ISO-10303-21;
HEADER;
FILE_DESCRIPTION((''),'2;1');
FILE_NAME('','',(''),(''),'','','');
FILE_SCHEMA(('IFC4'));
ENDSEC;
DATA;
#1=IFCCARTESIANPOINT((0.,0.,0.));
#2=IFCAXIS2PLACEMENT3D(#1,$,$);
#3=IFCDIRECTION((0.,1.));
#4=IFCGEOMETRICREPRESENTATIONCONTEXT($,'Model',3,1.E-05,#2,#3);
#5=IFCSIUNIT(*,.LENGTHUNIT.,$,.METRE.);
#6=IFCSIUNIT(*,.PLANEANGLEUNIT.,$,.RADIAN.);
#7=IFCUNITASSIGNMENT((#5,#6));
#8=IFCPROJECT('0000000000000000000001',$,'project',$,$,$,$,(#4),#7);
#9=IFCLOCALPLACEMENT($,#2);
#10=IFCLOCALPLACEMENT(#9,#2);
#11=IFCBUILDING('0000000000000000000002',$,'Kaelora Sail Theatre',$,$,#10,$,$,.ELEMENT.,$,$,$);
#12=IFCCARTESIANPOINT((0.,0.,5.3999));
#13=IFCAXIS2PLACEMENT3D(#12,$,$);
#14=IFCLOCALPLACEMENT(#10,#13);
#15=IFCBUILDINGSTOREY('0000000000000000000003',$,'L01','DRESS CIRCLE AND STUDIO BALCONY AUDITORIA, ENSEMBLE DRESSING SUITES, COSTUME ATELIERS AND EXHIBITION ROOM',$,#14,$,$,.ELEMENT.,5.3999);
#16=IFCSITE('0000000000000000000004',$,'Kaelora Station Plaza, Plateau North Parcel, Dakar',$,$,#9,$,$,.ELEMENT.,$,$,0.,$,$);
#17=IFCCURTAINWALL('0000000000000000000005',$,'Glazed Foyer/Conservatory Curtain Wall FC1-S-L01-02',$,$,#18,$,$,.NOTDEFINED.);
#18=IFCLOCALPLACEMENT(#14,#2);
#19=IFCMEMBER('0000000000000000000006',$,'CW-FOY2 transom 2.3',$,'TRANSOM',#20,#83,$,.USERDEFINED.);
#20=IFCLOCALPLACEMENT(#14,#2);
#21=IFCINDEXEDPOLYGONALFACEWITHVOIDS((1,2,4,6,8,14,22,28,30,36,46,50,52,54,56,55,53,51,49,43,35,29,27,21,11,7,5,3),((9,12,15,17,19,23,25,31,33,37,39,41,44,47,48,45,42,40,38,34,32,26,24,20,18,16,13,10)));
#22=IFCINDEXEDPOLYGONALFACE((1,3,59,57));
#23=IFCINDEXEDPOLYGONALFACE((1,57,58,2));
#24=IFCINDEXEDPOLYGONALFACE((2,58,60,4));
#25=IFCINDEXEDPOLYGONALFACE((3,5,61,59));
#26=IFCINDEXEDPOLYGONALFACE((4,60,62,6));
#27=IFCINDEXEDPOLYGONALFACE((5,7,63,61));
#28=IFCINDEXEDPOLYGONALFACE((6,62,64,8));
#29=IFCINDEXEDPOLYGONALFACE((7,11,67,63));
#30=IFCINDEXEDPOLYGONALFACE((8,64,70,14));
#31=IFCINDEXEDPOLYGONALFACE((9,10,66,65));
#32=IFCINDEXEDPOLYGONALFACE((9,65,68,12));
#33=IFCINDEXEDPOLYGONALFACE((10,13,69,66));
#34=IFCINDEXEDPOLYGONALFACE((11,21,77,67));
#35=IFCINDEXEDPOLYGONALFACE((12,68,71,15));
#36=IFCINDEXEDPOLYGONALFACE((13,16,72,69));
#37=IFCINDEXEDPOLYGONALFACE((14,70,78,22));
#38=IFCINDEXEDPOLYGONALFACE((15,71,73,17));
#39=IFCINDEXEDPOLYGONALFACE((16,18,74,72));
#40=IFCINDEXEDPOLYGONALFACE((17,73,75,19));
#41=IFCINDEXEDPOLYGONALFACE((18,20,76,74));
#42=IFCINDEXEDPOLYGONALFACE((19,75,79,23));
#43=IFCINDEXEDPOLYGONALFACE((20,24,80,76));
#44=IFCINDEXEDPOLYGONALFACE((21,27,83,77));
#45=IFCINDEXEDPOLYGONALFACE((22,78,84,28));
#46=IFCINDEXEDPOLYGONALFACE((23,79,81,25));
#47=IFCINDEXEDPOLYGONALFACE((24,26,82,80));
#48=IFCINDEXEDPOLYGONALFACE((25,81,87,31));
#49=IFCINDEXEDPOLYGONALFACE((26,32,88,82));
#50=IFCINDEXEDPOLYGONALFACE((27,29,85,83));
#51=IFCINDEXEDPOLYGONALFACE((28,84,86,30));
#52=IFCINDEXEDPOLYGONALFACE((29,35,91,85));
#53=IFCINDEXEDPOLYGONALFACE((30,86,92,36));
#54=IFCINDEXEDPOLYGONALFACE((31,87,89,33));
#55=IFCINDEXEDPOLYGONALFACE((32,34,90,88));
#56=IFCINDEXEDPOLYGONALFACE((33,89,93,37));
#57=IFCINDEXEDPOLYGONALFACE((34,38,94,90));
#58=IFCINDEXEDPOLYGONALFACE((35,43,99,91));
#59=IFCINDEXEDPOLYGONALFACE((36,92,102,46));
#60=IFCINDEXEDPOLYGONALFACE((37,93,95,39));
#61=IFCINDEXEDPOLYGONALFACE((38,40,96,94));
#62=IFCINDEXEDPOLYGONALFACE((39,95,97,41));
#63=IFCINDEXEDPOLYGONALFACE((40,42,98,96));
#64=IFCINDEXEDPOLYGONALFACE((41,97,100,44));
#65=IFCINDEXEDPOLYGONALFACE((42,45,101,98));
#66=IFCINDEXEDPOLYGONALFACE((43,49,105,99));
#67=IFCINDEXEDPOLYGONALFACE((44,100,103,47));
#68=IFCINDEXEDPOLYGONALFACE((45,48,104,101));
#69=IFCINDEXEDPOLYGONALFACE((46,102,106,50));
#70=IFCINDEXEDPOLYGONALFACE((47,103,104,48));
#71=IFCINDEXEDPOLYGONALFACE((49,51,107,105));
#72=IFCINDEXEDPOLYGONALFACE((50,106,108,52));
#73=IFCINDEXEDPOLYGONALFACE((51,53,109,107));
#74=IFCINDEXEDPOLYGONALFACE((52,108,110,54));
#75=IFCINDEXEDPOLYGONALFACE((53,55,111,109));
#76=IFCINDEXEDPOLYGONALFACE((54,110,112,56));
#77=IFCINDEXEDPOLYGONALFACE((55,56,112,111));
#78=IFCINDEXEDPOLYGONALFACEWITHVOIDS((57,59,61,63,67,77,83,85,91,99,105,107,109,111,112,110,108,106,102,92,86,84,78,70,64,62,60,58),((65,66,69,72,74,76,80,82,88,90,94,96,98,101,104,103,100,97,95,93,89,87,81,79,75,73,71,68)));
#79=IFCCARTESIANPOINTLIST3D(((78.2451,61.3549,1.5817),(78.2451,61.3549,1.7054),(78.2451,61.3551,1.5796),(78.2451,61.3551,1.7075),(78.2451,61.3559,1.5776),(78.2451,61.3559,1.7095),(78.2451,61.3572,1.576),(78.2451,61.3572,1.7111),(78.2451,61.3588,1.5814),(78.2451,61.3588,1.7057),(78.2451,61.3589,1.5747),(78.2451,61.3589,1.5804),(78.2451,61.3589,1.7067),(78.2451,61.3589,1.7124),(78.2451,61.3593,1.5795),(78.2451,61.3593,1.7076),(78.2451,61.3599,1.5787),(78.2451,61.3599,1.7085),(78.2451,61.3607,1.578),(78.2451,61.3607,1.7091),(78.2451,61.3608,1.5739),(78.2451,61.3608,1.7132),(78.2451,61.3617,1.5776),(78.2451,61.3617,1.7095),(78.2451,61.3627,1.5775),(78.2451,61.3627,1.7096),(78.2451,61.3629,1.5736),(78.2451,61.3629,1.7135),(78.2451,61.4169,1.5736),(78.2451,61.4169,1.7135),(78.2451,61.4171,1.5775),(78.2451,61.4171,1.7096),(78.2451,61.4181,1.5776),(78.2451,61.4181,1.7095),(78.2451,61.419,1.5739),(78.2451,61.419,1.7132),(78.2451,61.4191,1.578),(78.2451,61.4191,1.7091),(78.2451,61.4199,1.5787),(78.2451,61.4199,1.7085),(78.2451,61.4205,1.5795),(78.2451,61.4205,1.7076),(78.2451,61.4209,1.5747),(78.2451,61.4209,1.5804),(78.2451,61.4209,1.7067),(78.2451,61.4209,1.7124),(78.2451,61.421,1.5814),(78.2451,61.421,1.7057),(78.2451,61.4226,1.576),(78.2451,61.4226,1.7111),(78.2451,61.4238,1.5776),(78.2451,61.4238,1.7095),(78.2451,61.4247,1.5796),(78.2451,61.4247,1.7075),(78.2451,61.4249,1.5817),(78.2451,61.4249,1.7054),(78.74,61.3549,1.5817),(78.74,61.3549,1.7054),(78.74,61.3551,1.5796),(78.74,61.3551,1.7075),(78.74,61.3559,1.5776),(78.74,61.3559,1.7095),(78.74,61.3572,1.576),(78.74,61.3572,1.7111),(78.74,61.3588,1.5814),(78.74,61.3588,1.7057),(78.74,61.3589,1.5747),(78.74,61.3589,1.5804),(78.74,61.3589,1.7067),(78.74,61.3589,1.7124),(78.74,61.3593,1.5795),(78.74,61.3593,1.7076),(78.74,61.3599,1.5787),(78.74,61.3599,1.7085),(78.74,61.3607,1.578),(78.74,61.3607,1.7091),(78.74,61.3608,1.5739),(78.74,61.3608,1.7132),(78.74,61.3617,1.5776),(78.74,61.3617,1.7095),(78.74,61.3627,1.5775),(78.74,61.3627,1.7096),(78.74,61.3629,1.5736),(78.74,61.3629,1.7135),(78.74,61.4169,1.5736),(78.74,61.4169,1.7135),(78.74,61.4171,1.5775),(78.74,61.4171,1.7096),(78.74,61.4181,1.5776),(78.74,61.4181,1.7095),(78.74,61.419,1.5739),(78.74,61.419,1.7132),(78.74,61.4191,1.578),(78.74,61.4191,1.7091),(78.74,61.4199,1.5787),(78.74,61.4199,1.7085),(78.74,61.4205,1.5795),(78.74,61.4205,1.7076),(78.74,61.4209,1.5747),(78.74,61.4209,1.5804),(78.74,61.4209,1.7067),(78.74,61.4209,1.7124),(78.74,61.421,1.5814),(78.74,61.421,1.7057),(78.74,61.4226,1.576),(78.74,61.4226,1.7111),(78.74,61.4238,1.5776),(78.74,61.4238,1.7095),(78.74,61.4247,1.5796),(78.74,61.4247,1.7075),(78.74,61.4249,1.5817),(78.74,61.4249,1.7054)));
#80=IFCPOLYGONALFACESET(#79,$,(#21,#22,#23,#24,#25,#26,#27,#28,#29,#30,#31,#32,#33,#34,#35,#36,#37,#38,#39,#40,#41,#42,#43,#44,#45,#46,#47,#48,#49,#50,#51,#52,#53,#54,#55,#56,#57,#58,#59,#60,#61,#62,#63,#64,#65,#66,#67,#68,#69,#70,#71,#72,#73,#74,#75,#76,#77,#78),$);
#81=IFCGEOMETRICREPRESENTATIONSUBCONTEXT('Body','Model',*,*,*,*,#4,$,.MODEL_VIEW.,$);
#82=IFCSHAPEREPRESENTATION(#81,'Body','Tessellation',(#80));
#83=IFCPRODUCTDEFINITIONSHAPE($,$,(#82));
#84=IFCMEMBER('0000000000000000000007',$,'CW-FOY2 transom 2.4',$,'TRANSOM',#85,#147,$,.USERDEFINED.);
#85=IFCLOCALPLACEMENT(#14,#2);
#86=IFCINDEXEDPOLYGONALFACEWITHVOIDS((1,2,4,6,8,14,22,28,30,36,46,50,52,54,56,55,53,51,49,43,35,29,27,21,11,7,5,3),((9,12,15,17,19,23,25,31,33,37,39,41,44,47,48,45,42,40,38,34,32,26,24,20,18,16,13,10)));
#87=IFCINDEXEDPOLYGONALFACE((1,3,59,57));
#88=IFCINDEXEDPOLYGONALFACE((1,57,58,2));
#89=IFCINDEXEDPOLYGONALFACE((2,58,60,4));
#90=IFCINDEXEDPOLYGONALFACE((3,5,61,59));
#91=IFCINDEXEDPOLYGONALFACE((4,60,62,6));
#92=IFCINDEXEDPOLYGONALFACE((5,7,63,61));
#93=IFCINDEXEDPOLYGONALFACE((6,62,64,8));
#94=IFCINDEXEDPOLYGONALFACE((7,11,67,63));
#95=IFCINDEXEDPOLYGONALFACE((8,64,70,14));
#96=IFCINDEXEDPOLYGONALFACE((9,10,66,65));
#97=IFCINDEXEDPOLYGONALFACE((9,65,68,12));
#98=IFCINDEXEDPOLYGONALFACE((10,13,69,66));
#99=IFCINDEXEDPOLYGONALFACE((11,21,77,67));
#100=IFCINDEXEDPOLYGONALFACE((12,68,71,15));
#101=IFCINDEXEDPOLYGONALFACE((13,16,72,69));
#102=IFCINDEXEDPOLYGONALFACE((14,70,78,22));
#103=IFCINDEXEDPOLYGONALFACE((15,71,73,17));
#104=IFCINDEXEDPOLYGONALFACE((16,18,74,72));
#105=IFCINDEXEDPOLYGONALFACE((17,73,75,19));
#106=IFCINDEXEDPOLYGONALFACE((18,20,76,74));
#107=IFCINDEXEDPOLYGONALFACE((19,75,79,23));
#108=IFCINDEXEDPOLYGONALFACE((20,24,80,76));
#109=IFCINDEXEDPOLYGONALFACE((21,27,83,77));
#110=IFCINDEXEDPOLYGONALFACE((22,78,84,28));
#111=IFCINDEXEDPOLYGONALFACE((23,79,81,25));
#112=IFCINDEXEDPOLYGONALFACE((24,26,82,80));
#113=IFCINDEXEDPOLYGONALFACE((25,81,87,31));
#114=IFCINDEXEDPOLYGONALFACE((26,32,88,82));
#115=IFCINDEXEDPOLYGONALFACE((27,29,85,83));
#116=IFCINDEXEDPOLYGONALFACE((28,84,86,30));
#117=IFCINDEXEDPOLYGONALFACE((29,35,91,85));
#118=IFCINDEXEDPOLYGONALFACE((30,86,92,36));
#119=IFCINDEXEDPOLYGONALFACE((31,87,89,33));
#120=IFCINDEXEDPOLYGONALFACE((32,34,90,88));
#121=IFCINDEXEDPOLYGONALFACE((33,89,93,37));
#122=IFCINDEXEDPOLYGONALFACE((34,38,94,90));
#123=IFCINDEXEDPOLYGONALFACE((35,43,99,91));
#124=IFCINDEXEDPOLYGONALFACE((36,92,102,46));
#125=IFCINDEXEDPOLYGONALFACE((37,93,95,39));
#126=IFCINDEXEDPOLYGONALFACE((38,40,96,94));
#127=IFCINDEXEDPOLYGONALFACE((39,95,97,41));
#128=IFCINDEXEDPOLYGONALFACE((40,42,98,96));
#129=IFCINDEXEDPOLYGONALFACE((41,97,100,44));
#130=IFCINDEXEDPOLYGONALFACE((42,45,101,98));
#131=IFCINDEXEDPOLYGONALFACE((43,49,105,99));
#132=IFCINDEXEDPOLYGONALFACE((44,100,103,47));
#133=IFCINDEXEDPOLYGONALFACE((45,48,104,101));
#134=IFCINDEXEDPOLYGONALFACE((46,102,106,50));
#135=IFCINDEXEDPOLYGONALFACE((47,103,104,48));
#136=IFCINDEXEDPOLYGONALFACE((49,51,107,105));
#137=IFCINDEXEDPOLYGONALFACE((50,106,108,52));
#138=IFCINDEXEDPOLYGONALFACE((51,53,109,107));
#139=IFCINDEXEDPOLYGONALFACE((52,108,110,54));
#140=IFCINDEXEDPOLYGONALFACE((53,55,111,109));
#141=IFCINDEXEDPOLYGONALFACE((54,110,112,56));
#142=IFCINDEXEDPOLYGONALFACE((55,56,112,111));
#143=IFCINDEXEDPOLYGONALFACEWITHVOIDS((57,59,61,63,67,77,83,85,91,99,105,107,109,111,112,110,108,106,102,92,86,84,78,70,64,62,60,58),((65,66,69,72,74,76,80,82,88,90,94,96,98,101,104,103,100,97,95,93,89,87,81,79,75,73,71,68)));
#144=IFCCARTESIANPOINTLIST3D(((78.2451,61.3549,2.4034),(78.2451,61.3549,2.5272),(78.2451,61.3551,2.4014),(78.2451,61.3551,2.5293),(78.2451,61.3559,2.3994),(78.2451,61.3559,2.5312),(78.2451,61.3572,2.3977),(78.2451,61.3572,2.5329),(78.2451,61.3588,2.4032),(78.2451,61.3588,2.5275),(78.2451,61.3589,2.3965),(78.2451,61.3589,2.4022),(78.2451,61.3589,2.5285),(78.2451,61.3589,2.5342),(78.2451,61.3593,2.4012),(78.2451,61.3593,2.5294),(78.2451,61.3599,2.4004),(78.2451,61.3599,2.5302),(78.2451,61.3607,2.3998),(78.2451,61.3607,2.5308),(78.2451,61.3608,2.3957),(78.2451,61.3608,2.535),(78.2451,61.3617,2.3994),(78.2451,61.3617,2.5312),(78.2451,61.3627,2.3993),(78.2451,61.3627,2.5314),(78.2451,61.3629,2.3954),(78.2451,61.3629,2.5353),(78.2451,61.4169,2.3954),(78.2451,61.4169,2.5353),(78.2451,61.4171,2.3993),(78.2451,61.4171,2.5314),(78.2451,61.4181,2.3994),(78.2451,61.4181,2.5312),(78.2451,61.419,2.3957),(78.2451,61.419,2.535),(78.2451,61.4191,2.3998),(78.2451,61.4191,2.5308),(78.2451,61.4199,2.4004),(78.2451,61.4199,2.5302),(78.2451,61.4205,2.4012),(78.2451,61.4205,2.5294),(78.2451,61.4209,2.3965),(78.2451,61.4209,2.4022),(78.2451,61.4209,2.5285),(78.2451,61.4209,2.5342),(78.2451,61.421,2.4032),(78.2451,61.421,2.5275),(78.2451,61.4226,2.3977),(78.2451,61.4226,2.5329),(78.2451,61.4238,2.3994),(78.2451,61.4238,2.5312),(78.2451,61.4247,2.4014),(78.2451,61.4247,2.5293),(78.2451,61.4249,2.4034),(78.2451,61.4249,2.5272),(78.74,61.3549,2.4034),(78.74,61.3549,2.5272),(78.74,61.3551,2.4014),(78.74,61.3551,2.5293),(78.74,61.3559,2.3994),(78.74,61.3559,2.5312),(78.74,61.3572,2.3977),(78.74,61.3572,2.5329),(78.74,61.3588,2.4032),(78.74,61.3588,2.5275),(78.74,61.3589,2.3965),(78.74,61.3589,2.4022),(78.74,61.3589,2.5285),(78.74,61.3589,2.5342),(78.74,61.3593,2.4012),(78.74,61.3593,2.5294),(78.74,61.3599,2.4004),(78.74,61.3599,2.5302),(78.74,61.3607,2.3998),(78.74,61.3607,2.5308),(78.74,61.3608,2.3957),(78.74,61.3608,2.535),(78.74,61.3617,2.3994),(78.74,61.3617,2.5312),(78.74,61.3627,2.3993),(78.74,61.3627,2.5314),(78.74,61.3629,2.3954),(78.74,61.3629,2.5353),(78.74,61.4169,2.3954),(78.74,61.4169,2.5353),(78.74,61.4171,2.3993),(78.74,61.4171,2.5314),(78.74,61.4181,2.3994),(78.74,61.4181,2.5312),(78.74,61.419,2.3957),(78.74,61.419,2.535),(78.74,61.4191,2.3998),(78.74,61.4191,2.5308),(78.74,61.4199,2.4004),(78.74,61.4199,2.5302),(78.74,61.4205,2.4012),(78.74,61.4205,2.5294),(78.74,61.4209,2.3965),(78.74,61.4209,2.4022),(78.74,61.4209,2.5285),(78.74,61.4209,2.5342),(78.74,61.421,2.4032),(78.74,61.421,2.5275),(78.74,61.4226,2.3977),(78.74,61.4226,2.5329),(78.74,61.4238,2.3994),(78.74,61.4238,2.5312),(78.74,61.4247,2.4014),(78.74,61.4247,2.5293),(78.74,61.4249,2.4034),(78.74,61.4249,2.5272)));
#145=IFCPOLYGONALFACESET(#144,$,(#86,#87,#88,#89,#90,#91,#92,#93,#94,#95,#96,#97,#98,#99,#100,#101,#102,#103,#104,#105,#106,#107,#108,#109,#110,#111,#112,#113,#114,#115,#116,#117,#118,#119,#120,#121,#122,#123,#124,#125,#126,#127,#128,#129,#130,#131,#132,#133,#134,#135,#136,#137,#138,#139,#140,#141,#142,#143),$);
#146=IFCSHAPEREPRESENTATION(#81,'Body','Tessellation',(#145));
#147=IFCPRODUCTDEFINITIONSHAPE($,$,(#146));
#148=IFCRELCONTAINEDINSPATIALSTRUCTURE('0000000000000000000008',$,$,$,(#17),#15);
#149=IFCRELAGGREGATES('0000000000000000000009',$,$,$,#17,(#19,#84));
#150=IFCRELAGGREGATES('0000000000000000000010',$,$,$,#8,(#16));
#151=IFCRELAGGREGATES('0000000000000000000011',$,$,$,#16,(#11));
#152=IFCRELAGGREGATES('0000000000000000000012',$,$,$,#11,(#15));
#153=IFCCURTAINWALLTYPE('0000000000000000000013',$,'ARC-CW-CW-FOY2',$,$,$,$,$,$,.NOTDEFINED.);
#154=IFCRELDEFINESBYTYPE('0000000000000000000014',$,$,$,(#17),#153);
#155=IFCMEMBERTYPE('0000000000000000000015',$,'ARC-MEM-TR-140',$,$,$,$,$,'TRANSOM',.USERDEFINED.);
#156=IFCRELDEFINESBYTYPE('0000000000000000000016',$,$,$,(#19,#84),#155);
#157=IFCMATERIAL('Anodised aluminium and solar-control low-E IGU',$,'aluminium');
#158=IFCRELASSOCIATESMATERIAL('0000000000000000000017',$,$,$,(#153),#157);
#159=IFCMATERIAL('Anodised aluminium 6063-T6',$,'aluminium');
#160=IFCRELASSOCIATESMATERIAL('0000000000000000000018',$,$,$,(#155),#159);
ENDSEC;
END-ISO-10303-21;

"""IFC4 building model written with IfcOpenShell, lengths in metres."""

from ifc_helpers import new_model, si_unit, direction, frame, origin, origin_2d, place, context, subcontext, project, spatial, hollow_rectangle, extrude, material, material_profile, profile_set, type_object, element, aggregate, save


model = new_model("IFC4")

# Units and contexts
model_context = context("Model", 3, precision=1e-05, world=origin(), true_north=direction((0.0, 1.0)))
body_context = subcontext(model_context, "Body", "Model", "MODEL_VIEW")
ifc_project = project(units=[si_unit("LENGTHUNIT", "METRE"), si_unit("PLANEANGLEUNIT", "RADIAN")], contexts=[model_context])

# Site, building, storey
site_placement = place(None, origin())
site = spatial("IfcSite", under=ifc_project, at=site_placement, Name="Kaelora Station Plaza, Plateau North Parcel, Dakar", CompositionType="ELEMENT", RefElevation=0.0)
building_placement = place(site_placement, origin())
building = spatial("IfcBuilding", under=site, at=building_placement, Name="Kaelora Sail Theatre", CompositionType="ELEMENT")
storey_placement = place(building_placement, frame((0.0, 0.0, 5.3999)))
storey = spatial("IfcBuildingStorey", under=building, at=storey_placement, Name="L01", Description="DRESS CIRCLE AND STUDIO BALCONY AUDITORIA, ENSEMBLE DRESSING SUITES, COSTUME ATELIERS AND EXHIBITION ROOM", CompositionType="ELEMENT", Elevation=5.3999)

# Curtain wall
ifc_material_1 = material(Name="Anodised aluminium and solar-control low-E IGU", Category="aluminium")
curtain_wall_type = type_object("IfcCurtainWallType", Name="ARC-CW-CW-FOY2", PredefinedType="NOTDEFINED", material=ifc_material_1)
curtain_wall_1_placement = place(storey_placement, origin())
curtain_wall_1 = element("IfcCurtainWall", 1, at=curtain_wall_1_placement, inside=storey, type_object=curtain_wall_type, Name="Glazed Foyer/Conservatory Curtain Wall FC1-S-L01-02", PredefinedType="NOTDEFINED")

# Members
ifc_material_2 = material(Name="Anodised aluminium 6063-T6", Category="aluminium")
ifc_material_profile_1 = material_profile(ifc_material_2, hollow_rectangle(XDim=0.0701, YDim=0.1399, WallThickness=0.0039, InnerFilletRadius=0.0039, OuterFilletRadius=0.0081, at=origin_2d()), Name="ALU-TRAN 70x140x4")
ifc_profile_set_1 = profile_set([ifc_material_profile_1], Name="Anodised aluminium 6063-T6")
member_type_1 = type_object("IfcMemberType", Name="ARC-MEM-TR-140", ElementType="TRANSOM", PredefinedType="USERDEFINED", material=ifc_profile_set_1)
member_1_placement = place(storey_placement, frame((78.2451, 61.3899, 1.6436), z_axis=(1.0, 0.0, 0.0), x_axis=(0.0, 1.0, 0.0)))
member_1 = element("IfcMember", 2, at=member_1_placement, type_object=member_type_1, Name="CW-FOY2 transom 2.3", ObjectType="TRANSOM", PredefinedType="USERDEFINED", context=body_context, shape_type="SweptSolid", body=[
    extrude(hollow_rectangle(XDim=0.0701, YDim=0.1399, WallThickness=0.0039, InnerFilletRadius=0.0039, OuterFilletRadius=0.0081, at=origin_2d()), origin(), (0.0, 0.0, 1.0), 0.4949),
])
member_2_placement = place(storey_placement, frame((78.2451, 61.3899, 2.4653), z_axis=(1.0, 0.0, 0.0), x_axis=(0.0, 1.0, 0.0)))
member_2 = element("IfcMember", 3, at=member_2_placement, type_object=member_type_1, Name="CW-FOY2 transom 2.4", ObjectType="TRANSOM", PredefinedType="USERDEFINED", context=body_context, shape_type="SweptSolid", body=[
    extrude(hollow_rectangle(XDim=0.0701, YDim=0.1399, WallThickness=0.0039, InnerFilletRadius=0.0039, OuterFilletRadius=0.0081, at=origin_2d()), origin(), (0.0, 0.0, 1.0), 0.4949),
])

aggregate(curtain_wall_1, [member_1, member_2])

save(model, "model.ifc")
